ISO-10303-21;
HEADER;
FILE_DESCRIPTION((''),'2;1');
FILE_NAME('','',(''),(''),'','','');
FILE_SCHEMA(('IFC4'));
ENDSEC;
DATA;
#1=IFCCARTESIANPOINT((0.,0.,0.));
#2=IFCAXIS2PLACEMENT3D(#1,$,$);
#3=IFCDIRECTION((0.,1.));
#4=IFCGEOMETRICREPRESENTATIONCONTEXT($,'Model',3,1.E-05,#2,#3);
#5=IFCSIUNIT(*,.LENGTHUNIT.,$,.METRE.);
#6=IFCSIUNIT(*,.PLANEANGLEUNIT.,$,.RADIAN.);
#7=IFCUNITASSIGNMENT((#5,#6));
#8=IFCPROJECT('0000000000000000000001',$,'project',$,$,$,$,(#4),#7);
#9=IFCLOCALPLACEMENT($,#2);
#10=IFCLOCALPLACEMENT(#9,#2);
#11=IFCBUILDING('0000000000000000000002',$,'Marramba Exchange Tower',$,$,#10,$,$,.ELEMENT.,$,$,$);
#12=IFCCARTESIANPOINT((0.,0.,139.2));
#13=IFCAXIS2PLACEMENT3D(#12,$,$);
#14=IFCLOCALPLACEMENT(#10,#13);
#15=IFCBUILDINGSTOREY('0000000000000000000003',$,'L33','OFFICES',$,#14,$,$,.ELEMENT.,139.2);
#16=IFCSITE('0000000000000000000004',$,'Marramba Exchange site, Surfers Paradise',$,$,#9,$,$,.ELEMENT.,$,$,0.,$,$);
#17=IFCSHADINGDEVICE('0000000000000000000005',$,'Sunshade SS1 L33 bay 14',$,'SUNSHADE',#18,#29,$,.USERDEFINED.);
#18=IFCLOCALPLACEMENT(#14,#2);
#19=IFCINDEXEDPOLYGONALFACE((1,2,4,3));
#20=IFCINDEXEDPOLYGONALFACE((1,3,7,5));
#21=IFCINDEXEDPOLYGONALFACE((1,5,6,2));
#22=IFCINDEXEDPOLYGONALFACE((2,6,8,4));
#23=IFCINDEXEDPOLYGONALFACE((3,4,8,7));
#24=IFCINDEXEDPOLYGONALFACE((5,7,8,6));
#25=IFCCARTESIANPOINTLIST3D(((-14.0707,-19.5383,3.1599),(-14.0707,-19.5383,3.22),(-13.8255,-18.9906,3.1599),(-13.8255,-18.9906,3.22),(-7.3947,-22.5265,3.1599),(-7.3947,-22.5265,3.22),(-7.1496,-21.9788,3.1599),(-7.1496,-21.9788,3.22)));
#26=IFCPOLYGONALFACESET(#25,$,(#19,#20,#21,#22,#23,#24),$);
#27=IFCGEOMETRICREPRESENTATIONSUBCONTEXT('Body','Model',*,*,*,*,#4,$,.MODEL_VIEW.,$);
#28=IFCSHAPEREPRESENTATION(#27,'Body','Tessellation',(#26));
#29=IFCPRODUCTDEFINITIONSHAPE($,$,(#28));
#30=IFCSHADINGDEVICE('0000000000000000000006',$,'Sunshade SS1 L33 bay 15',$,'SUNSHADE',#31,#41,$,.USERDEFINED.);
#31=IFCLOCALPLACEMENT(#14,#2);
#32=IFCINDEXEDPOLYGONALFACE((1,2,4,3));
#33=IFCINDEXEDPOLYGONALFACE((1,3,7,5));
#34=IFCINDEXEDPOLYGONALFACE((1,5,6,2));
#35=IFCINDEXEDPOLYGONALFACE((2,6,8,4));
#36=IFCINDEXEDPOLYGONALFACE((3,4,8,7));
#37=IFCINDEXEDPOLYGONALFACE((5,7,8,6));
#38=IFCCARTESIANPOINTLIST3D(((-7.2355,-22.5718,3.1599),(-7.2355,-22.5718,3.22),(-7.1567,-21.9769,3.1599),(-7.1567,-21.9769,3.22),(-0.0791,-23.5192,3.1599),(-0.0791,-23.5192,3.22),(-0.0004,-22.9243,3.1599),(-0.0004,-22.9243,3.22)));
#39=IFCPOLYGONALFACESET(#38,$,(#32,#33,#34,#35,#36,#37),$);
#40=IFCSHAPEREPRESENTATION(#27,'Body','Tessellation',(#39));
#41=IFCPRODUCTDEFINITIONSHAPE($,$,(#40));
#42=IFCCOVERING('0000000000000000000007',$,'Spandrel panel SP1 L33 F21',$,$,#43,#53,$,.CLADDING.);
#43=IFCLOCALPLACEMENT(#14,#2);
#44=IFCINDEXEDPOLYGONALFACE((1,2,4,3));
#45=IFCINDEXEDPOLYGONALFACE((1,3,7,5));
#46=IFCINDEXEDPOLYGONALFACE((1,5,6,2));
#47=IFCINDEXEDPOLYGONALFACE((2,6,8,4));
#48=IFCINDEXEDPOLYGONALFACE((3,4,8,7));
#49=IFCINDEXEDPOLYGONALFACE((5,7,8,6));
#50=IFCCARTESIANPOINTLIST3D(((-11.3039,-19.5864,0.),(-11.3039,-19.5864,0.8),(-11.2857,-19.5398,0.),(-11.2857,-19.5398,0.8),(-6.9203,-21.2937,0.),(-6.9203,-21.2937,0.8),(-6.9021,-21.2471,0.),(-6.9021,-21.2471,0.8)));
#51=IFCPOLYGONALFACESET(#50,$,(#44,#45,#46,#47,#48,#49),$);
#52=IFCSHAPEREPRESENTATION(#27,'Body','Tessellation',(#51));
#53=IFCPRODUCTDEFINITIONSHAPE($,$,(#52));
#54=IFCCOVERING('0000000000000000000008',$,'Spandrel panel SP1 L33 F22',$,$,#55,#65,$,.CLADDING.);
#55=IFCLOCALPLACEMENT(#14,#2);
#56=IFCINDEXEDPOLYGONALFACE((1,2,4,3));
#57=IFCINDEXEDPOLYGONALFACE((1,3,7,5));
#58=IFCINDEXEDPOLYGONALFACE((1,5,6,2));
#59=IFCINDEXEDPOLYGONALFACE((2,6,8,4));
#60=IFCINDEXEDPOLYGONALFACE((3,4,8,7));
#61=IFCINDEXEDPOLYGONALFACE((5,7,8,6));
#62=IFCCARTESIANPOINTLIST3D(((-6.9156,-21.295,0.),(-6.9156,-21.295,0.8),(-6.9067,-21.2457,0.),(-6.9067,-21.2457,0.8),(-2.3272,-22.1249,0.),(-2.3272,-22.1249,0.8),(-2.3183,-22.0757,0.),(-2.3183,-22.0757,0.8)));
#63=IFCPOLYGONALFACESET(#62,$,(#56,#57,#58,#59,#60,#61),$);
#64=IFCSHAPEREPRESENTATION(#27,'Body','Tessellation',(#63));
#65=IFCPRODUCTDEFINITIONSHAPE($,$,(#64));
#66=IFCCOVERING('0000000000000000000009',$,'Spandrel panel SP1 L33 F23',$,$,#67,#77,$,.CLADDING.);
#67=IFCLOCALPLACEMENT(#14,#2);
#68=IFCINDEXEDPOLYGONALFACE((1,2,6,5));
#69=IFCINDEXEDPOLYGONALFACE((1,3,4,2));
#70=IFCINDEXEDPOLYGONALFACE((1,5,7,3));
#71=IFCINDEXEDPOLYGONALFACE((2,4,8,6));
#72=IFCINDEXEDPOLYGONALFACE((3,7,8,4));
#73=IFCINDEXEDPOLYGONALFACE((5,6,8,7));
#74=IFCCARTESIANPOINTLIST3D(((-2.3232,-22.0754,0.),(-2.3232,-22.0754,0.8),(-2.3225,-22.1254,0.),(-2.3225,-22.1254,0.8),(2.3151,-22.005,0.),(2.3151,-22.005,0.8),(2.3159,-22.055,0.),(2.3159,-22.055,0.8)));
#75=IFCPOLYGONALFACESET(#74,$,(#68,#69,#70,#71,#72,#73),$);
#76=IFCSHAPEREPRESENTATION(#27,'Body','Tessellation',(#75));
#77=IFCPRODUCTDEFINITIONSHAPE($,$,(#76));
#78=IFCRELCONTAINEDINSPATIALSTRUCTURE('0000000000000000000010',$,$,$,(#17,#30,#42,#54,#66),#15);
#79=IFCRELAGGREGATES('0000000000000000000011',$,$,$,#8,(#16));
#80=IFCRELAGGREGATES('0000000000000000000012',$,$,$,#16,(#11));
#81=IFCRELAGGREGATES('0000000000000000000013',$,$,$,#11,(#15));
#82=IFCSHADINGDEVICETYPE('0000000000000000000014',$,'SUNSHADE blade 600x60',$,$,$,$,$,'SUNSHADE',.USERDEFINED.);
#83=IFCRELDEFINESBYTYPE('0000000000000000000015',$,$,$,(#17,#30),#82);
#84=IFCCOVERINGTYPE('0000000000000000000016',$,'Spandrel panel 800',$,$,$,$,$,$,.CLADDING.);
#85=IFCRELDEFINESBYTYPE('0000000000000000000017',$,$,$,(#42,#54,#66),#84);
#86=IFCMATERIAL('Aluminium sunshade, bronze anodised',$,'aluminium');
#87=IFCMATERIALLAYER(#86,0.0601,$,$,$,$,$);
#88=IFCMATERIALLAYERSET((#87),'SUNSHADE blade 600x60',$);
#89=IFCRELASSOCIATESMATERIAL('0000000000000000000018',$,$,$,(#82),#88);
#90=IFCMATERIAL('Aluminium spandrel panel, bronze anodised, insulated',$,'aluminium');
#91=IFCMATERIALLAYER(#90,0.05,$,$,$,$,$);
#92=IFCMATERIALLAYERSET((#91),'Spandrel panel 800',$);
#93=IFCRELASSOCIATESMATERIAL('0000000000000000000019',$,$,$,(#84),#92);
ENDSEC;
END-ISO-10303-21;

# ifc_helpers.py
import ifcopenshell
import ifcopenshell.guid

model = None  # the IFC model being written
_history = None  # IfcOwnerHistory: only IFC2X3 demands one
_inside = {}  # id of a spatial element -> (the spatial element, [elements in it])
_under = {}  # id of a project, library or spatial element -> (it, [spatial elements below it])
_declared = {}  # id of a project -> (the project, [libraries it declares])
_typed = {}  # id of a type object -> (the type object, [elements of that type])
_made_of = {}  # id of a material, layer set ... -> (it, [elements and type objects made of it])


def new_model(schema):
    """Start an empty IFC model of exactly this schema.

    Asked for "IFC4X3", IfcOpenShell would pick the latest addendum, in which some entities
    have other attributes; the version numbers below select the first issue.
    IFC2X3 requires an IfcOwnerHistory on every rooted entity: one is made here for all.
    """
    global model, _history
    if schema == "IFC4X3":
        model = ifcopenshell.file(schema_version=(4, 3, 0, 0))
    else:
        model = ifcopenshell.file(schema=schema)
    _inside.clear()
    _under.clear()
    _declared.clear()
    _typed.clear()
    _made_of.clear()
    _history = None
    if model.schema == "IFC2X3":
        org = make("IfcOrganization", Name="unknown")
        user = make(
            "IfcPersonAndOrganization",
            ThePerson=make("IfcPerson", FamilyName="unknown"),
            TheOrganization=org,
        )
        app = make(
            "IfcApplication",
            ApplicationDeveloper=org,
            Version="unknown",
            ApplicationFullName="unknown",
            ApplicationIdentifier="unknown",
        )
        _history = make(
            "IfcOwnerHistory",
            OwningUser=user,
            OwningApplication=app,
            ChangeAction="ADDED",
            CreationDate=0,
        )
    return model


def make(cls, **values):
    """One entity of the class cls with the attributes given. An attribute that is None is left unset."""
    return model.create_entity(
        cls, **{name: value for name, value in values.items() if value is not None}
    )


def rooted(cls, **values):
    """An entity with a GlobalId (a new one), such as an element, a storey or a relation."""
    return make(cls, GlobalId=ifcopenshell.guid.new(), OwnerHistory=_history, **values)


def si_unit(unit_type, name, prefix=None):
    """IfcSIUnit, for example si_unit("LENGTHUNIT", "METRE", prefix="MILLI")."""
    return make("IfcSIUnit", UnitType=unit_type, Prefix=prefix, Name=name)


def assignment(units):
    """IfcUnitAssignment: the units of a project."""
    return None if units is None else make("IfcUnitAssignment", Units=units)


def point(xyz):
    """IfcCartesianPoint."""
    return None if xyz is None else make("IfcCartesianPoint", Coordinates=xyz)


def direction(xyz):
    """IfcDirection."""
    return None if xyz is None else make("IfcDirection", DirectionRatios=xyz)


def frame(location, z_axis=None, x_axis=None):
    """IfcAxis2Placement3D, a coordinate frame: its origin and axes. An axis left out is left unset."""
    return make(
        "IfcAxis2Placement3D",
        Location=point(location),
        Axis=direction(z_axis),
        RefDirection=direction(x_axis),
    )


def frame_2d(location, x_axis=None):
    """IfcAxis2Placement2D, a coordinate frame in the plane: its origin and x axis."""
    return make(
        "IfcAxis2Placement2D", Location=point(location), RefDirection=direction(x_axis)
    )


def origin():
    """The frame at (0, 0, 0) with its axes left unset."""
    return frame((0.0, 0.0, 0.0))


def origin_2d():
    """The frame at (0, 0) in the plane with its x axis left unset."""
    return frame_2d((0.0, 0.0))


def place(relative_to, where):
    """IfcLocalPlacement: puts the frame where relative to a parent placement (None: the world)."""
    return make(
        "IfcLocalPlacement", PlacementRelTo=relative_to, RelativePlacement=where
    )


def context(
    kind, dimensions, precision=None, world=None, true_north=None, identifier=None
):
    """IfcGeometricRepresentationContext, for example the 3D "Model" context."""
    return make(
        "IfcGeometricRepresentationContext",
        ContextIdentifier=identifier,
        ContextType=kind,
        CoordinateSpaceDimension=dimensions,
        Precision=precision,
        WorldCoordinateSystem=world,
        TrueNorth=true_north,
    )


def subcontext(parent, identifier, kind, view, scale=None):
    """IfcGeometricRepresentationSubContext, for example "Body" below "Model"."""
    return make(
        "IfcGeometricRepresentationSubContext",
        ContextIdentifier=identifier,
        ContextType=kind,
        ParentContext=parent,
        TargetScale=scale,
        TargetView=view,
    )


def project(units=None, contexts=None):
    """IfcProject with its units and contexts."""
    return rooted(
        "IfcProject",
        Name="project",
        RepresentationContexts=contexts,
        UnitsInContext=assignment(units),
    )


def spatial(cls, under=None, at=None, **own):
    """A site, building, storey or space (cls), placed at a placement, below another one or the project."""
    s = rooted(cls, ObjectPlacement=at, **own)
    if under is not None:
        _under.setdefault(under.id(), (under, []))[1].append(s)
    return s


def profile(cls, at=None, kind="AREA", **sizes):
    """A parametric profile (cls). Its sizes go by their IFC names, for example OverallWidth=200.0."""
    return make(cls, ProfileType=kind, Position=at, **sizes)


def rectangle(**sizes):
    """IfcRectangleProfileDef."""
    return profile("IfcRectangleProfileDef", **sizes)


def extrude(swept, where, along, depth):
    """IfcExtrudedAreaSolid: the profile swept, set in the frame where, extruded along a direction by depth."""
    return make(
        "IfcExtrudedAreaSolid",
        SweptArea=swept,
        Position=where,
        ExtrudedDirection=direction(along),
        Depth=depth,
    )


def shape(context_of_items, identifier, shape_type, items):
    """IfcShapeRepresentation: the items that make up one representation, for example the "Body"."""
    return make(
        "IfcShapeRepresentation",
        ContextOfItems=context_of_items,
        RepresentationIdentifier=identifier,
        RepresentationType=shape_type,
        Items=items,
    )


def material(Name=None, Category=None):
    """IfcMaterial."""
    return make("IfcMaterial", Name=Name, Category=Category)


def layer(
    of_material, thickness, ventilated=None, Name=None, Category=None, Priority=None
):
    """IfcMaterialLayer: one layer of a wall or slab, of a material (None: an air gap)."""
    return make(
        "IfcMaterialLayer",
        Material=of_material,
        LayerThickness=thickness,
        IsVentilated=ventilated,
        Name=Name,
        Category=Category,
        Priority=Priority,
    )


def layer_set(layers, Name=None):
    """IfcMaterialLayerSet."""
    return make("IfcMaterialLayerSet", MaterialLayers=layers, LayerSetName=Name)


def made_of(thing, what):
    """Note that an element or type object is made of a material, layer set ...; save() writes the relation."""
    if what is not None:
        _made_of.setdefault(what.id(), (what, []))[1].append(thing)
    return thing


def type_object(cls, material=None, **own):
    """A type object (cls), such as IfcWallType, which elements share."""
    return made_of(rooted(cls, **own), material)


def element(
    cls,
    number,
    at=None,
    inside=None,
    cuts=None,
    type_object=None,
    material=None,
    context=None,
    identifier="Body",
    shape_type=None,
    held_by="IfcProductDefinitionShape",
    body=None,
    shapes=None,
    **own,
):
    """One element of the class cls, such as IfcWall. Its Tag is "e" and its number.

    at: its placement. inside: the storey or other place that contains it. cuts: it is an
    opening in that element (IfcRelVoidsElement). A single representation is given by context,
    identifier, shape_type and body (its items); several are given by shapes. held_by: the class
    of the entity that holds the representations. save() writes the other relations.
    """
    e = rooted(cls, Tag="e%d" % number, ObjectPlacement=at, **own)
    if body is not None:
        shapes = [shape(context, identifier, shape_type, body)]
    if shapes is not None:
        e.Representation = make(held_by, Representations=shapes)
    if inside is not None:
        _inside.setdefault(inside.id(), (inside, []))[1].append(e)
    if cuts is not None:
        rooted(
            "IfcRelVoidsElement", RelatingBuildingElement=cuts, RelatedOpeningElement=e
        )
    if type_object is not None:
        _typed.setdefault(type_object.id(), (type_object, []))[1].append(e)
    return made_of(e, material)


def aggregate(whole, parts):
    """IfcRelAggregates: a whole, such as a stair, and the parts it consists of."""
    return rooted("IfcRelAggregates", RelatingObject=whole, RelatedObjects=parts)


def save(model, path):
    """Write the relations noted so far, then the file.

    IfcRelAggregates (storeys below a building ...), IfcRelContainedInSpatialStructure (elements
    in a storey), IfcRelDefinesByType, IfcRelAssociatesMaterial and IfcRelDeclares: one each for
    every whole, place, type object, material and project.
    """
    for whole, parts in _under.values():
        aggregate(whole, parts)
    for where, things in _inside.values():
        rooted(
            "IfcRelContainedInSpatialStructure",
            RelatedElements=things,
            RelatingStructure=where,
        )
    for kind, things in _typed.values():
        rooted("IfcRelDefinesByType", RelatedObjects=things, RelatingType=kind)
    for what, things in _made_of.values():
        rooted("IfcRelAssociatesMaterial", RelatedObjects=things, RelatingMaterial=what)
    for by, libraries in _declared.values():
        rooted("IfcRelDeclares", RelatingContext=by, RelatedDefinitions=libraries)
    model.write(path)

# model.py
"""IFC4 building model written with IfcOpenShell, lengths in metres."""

from ifc_helpers import new_model, si_unit, direction, frame, origin, origin_2d, place, context, subcontext, project, spatial, rectangle, extrude, material, layer, layer_set, type_object, element, save


model = new_model("IFC4")

# Units and contexts
model_context = context("Model", 3, precision=1e-05, world=origin(), true_north=direction((0.0, 1.0)))
body_context = subcontext(model_context, "Body", "Model", "MODEL_VIEW")
ifc_project = project(units=[si_unit("LENGTHUNIT", "METRE"), si_unit("PLANEANGLEUNIT", "RADIAN")], contexts=[model_context])

# Site, building, storey
site_placement = place(None, origin())
site = spatial("IfcSite", under=ifc_project, at=site_placement, Name="Marramba Exchange site, Surfers Paradise", CompositionType="ELEMENT", RefElevation=0.0)
building_placement = place(site_placement, origin())
building = spatial("IfcBuilding", under=site, at=building_placement, Name="Marramba Exchange Tower", CompositionType="ELEMENT")
storey_placement = place(building_placement, frame((0.0, 0.0, 139.2)))
storey = spatial("IfcBuildingStorey", under=building, at=storey_placement, Name="L33", Description="OFFICES", CompositionType="ELEMENT", Elevation=139.2)

# Shading devices
ifc_material_1 = material(Name="Aluminium sunshade, bronze anodised", Category="aluminium")
ifc_layer_1 = layer(ifc_material_1, 0.0601)
ifc_layer_set_1 = layer_set([ifc_layer_1], Name="SUNSHADE blade 600x60")
shading_device_type_1 = type_object("IfcShadingDeviceType", Name="SUNSHADE blade 600x60", ElementType="SUNSHADE", PredefinedType="USERDEFINED", material=ifc_layer_set_1)
shading_device_1_placement = place(storey_placement, frame((-10.6101, -20.7585, 3.1599), z_axis=(0.0, 0.0, 1.0), x_axis=(0.912736, -0.40855, 0.0)))
element("IfcShadingDevice", 1, at=shading_device_1_placement, inside=storey, type_object=shading_device_type_1, Name="Sunshade SS1 L33 bay 14", ObjectType="SUNSHADE", PredefinedType="USERDEFINED", context=body_context, shape_type="SweptSolid", body=[
    extrude(rectangle(XDim=7.3142, YDim=0.6001, at=origin_2d()), origin(), (0.0, 0.0, 1.0), 0.0601),
])
shading_device_2_placement = place(storey_placement, frame((-3.6179, -22.748, 3.1599), z_axis=(0.0, 0.0, 1.0), x_axis=(0.99135, -0.131241, 0.0)))
element("IfcShadingDevice", 2, at=shading_device_2_placement, inside=storey, type_object=shading_device_type_1, Name="Sunshade SS1 L33 bay 15", ObjectType="SUNSHADE", PredefinedType="USERDEFINED", context=body_context, shape_type="SweptSolid", body=[
    extrude(rectangle(XDim=7.2188, YDim=0.6001, at=origin_2d()), origin(), (0.0, 0.0, 1.0), 0.0601),
])

# Coverings
ifc_material_2 = material(Name="Aluminium spandrel panel, bronze anodised, insulated", Category="aluminium")
ifc_layer_2 = layer(ifc_material_2, 0.05)
ifc_layer_set_2 = layer_set([ifc_layer_2], Name="Spandrel panel 800")
covering_type = type_object("IfcCoveringType", Name="Spandrel panel 800", PredefinedType="CLADDING", material=ifc_layer_set_2)
covering_1_placement = place(storey_placement, frame((-9.103, -20.4167, 0.0), z_axis=(0.0, 0.0, 1.0), x_axis=(0.931818, -0.362925, 0.0)))
element("IfcCovering", 3, at=covering_1_placement, inside=storey, type_object=covering_type, Name="Spandrel panel SP1 L33 F21", PredefinedType="CLADDING", context=body_context, shape_type="SweptSolid", body=[
    extrude(rectangle(XDim=4.7043, YDim=0.05, at=origin_2d()), origin(), (0.0, 0.0, 1.0), 0.8),
])
covering_2_placement = place(storey_placement, frame((-4.6169, -21.6853, 0.0), z_axis=(0.0, 0.0, 1.0), x_axis=(0.984032, -0.177992, 0.0)))
element("IfcCovering", 4, at=covering_2_placement, inside=storey, type_object=covering_type, Name="Spandrel panel SP1 L33 F22", PredefinedType="CLADDING", context=body_context, shape_type="SweptSolid", body=[
    extrude(rectangle(XDim=4.6628, YDim=0.05, at=origin_2d()), origin(), (0.0, 0.0, 1.0), 0.8),
])
covering_3_placement = place(storey_placement, frame((-0.0037, -22.0652, 0.0), z_axis=(0.0, 0.0, 1.0), x_axis=(0.999885, 0.015179, 0.0)))
element("IfcCovering", 5, at=covering_3_placement, inside=storey, type_object=covering_type, Name="Spandrel panel SP1 L33 F23", PredefinedType="CLADDING", context=body_context, shape_type="SweptSolid", body=[
    extrude(rectangle(XDim=4.6389, YDim=0.05, at=origin_2d()), origin(), (0.0, 0.0, 1.0), 0.8),
])

save(model, "model.ifc")
